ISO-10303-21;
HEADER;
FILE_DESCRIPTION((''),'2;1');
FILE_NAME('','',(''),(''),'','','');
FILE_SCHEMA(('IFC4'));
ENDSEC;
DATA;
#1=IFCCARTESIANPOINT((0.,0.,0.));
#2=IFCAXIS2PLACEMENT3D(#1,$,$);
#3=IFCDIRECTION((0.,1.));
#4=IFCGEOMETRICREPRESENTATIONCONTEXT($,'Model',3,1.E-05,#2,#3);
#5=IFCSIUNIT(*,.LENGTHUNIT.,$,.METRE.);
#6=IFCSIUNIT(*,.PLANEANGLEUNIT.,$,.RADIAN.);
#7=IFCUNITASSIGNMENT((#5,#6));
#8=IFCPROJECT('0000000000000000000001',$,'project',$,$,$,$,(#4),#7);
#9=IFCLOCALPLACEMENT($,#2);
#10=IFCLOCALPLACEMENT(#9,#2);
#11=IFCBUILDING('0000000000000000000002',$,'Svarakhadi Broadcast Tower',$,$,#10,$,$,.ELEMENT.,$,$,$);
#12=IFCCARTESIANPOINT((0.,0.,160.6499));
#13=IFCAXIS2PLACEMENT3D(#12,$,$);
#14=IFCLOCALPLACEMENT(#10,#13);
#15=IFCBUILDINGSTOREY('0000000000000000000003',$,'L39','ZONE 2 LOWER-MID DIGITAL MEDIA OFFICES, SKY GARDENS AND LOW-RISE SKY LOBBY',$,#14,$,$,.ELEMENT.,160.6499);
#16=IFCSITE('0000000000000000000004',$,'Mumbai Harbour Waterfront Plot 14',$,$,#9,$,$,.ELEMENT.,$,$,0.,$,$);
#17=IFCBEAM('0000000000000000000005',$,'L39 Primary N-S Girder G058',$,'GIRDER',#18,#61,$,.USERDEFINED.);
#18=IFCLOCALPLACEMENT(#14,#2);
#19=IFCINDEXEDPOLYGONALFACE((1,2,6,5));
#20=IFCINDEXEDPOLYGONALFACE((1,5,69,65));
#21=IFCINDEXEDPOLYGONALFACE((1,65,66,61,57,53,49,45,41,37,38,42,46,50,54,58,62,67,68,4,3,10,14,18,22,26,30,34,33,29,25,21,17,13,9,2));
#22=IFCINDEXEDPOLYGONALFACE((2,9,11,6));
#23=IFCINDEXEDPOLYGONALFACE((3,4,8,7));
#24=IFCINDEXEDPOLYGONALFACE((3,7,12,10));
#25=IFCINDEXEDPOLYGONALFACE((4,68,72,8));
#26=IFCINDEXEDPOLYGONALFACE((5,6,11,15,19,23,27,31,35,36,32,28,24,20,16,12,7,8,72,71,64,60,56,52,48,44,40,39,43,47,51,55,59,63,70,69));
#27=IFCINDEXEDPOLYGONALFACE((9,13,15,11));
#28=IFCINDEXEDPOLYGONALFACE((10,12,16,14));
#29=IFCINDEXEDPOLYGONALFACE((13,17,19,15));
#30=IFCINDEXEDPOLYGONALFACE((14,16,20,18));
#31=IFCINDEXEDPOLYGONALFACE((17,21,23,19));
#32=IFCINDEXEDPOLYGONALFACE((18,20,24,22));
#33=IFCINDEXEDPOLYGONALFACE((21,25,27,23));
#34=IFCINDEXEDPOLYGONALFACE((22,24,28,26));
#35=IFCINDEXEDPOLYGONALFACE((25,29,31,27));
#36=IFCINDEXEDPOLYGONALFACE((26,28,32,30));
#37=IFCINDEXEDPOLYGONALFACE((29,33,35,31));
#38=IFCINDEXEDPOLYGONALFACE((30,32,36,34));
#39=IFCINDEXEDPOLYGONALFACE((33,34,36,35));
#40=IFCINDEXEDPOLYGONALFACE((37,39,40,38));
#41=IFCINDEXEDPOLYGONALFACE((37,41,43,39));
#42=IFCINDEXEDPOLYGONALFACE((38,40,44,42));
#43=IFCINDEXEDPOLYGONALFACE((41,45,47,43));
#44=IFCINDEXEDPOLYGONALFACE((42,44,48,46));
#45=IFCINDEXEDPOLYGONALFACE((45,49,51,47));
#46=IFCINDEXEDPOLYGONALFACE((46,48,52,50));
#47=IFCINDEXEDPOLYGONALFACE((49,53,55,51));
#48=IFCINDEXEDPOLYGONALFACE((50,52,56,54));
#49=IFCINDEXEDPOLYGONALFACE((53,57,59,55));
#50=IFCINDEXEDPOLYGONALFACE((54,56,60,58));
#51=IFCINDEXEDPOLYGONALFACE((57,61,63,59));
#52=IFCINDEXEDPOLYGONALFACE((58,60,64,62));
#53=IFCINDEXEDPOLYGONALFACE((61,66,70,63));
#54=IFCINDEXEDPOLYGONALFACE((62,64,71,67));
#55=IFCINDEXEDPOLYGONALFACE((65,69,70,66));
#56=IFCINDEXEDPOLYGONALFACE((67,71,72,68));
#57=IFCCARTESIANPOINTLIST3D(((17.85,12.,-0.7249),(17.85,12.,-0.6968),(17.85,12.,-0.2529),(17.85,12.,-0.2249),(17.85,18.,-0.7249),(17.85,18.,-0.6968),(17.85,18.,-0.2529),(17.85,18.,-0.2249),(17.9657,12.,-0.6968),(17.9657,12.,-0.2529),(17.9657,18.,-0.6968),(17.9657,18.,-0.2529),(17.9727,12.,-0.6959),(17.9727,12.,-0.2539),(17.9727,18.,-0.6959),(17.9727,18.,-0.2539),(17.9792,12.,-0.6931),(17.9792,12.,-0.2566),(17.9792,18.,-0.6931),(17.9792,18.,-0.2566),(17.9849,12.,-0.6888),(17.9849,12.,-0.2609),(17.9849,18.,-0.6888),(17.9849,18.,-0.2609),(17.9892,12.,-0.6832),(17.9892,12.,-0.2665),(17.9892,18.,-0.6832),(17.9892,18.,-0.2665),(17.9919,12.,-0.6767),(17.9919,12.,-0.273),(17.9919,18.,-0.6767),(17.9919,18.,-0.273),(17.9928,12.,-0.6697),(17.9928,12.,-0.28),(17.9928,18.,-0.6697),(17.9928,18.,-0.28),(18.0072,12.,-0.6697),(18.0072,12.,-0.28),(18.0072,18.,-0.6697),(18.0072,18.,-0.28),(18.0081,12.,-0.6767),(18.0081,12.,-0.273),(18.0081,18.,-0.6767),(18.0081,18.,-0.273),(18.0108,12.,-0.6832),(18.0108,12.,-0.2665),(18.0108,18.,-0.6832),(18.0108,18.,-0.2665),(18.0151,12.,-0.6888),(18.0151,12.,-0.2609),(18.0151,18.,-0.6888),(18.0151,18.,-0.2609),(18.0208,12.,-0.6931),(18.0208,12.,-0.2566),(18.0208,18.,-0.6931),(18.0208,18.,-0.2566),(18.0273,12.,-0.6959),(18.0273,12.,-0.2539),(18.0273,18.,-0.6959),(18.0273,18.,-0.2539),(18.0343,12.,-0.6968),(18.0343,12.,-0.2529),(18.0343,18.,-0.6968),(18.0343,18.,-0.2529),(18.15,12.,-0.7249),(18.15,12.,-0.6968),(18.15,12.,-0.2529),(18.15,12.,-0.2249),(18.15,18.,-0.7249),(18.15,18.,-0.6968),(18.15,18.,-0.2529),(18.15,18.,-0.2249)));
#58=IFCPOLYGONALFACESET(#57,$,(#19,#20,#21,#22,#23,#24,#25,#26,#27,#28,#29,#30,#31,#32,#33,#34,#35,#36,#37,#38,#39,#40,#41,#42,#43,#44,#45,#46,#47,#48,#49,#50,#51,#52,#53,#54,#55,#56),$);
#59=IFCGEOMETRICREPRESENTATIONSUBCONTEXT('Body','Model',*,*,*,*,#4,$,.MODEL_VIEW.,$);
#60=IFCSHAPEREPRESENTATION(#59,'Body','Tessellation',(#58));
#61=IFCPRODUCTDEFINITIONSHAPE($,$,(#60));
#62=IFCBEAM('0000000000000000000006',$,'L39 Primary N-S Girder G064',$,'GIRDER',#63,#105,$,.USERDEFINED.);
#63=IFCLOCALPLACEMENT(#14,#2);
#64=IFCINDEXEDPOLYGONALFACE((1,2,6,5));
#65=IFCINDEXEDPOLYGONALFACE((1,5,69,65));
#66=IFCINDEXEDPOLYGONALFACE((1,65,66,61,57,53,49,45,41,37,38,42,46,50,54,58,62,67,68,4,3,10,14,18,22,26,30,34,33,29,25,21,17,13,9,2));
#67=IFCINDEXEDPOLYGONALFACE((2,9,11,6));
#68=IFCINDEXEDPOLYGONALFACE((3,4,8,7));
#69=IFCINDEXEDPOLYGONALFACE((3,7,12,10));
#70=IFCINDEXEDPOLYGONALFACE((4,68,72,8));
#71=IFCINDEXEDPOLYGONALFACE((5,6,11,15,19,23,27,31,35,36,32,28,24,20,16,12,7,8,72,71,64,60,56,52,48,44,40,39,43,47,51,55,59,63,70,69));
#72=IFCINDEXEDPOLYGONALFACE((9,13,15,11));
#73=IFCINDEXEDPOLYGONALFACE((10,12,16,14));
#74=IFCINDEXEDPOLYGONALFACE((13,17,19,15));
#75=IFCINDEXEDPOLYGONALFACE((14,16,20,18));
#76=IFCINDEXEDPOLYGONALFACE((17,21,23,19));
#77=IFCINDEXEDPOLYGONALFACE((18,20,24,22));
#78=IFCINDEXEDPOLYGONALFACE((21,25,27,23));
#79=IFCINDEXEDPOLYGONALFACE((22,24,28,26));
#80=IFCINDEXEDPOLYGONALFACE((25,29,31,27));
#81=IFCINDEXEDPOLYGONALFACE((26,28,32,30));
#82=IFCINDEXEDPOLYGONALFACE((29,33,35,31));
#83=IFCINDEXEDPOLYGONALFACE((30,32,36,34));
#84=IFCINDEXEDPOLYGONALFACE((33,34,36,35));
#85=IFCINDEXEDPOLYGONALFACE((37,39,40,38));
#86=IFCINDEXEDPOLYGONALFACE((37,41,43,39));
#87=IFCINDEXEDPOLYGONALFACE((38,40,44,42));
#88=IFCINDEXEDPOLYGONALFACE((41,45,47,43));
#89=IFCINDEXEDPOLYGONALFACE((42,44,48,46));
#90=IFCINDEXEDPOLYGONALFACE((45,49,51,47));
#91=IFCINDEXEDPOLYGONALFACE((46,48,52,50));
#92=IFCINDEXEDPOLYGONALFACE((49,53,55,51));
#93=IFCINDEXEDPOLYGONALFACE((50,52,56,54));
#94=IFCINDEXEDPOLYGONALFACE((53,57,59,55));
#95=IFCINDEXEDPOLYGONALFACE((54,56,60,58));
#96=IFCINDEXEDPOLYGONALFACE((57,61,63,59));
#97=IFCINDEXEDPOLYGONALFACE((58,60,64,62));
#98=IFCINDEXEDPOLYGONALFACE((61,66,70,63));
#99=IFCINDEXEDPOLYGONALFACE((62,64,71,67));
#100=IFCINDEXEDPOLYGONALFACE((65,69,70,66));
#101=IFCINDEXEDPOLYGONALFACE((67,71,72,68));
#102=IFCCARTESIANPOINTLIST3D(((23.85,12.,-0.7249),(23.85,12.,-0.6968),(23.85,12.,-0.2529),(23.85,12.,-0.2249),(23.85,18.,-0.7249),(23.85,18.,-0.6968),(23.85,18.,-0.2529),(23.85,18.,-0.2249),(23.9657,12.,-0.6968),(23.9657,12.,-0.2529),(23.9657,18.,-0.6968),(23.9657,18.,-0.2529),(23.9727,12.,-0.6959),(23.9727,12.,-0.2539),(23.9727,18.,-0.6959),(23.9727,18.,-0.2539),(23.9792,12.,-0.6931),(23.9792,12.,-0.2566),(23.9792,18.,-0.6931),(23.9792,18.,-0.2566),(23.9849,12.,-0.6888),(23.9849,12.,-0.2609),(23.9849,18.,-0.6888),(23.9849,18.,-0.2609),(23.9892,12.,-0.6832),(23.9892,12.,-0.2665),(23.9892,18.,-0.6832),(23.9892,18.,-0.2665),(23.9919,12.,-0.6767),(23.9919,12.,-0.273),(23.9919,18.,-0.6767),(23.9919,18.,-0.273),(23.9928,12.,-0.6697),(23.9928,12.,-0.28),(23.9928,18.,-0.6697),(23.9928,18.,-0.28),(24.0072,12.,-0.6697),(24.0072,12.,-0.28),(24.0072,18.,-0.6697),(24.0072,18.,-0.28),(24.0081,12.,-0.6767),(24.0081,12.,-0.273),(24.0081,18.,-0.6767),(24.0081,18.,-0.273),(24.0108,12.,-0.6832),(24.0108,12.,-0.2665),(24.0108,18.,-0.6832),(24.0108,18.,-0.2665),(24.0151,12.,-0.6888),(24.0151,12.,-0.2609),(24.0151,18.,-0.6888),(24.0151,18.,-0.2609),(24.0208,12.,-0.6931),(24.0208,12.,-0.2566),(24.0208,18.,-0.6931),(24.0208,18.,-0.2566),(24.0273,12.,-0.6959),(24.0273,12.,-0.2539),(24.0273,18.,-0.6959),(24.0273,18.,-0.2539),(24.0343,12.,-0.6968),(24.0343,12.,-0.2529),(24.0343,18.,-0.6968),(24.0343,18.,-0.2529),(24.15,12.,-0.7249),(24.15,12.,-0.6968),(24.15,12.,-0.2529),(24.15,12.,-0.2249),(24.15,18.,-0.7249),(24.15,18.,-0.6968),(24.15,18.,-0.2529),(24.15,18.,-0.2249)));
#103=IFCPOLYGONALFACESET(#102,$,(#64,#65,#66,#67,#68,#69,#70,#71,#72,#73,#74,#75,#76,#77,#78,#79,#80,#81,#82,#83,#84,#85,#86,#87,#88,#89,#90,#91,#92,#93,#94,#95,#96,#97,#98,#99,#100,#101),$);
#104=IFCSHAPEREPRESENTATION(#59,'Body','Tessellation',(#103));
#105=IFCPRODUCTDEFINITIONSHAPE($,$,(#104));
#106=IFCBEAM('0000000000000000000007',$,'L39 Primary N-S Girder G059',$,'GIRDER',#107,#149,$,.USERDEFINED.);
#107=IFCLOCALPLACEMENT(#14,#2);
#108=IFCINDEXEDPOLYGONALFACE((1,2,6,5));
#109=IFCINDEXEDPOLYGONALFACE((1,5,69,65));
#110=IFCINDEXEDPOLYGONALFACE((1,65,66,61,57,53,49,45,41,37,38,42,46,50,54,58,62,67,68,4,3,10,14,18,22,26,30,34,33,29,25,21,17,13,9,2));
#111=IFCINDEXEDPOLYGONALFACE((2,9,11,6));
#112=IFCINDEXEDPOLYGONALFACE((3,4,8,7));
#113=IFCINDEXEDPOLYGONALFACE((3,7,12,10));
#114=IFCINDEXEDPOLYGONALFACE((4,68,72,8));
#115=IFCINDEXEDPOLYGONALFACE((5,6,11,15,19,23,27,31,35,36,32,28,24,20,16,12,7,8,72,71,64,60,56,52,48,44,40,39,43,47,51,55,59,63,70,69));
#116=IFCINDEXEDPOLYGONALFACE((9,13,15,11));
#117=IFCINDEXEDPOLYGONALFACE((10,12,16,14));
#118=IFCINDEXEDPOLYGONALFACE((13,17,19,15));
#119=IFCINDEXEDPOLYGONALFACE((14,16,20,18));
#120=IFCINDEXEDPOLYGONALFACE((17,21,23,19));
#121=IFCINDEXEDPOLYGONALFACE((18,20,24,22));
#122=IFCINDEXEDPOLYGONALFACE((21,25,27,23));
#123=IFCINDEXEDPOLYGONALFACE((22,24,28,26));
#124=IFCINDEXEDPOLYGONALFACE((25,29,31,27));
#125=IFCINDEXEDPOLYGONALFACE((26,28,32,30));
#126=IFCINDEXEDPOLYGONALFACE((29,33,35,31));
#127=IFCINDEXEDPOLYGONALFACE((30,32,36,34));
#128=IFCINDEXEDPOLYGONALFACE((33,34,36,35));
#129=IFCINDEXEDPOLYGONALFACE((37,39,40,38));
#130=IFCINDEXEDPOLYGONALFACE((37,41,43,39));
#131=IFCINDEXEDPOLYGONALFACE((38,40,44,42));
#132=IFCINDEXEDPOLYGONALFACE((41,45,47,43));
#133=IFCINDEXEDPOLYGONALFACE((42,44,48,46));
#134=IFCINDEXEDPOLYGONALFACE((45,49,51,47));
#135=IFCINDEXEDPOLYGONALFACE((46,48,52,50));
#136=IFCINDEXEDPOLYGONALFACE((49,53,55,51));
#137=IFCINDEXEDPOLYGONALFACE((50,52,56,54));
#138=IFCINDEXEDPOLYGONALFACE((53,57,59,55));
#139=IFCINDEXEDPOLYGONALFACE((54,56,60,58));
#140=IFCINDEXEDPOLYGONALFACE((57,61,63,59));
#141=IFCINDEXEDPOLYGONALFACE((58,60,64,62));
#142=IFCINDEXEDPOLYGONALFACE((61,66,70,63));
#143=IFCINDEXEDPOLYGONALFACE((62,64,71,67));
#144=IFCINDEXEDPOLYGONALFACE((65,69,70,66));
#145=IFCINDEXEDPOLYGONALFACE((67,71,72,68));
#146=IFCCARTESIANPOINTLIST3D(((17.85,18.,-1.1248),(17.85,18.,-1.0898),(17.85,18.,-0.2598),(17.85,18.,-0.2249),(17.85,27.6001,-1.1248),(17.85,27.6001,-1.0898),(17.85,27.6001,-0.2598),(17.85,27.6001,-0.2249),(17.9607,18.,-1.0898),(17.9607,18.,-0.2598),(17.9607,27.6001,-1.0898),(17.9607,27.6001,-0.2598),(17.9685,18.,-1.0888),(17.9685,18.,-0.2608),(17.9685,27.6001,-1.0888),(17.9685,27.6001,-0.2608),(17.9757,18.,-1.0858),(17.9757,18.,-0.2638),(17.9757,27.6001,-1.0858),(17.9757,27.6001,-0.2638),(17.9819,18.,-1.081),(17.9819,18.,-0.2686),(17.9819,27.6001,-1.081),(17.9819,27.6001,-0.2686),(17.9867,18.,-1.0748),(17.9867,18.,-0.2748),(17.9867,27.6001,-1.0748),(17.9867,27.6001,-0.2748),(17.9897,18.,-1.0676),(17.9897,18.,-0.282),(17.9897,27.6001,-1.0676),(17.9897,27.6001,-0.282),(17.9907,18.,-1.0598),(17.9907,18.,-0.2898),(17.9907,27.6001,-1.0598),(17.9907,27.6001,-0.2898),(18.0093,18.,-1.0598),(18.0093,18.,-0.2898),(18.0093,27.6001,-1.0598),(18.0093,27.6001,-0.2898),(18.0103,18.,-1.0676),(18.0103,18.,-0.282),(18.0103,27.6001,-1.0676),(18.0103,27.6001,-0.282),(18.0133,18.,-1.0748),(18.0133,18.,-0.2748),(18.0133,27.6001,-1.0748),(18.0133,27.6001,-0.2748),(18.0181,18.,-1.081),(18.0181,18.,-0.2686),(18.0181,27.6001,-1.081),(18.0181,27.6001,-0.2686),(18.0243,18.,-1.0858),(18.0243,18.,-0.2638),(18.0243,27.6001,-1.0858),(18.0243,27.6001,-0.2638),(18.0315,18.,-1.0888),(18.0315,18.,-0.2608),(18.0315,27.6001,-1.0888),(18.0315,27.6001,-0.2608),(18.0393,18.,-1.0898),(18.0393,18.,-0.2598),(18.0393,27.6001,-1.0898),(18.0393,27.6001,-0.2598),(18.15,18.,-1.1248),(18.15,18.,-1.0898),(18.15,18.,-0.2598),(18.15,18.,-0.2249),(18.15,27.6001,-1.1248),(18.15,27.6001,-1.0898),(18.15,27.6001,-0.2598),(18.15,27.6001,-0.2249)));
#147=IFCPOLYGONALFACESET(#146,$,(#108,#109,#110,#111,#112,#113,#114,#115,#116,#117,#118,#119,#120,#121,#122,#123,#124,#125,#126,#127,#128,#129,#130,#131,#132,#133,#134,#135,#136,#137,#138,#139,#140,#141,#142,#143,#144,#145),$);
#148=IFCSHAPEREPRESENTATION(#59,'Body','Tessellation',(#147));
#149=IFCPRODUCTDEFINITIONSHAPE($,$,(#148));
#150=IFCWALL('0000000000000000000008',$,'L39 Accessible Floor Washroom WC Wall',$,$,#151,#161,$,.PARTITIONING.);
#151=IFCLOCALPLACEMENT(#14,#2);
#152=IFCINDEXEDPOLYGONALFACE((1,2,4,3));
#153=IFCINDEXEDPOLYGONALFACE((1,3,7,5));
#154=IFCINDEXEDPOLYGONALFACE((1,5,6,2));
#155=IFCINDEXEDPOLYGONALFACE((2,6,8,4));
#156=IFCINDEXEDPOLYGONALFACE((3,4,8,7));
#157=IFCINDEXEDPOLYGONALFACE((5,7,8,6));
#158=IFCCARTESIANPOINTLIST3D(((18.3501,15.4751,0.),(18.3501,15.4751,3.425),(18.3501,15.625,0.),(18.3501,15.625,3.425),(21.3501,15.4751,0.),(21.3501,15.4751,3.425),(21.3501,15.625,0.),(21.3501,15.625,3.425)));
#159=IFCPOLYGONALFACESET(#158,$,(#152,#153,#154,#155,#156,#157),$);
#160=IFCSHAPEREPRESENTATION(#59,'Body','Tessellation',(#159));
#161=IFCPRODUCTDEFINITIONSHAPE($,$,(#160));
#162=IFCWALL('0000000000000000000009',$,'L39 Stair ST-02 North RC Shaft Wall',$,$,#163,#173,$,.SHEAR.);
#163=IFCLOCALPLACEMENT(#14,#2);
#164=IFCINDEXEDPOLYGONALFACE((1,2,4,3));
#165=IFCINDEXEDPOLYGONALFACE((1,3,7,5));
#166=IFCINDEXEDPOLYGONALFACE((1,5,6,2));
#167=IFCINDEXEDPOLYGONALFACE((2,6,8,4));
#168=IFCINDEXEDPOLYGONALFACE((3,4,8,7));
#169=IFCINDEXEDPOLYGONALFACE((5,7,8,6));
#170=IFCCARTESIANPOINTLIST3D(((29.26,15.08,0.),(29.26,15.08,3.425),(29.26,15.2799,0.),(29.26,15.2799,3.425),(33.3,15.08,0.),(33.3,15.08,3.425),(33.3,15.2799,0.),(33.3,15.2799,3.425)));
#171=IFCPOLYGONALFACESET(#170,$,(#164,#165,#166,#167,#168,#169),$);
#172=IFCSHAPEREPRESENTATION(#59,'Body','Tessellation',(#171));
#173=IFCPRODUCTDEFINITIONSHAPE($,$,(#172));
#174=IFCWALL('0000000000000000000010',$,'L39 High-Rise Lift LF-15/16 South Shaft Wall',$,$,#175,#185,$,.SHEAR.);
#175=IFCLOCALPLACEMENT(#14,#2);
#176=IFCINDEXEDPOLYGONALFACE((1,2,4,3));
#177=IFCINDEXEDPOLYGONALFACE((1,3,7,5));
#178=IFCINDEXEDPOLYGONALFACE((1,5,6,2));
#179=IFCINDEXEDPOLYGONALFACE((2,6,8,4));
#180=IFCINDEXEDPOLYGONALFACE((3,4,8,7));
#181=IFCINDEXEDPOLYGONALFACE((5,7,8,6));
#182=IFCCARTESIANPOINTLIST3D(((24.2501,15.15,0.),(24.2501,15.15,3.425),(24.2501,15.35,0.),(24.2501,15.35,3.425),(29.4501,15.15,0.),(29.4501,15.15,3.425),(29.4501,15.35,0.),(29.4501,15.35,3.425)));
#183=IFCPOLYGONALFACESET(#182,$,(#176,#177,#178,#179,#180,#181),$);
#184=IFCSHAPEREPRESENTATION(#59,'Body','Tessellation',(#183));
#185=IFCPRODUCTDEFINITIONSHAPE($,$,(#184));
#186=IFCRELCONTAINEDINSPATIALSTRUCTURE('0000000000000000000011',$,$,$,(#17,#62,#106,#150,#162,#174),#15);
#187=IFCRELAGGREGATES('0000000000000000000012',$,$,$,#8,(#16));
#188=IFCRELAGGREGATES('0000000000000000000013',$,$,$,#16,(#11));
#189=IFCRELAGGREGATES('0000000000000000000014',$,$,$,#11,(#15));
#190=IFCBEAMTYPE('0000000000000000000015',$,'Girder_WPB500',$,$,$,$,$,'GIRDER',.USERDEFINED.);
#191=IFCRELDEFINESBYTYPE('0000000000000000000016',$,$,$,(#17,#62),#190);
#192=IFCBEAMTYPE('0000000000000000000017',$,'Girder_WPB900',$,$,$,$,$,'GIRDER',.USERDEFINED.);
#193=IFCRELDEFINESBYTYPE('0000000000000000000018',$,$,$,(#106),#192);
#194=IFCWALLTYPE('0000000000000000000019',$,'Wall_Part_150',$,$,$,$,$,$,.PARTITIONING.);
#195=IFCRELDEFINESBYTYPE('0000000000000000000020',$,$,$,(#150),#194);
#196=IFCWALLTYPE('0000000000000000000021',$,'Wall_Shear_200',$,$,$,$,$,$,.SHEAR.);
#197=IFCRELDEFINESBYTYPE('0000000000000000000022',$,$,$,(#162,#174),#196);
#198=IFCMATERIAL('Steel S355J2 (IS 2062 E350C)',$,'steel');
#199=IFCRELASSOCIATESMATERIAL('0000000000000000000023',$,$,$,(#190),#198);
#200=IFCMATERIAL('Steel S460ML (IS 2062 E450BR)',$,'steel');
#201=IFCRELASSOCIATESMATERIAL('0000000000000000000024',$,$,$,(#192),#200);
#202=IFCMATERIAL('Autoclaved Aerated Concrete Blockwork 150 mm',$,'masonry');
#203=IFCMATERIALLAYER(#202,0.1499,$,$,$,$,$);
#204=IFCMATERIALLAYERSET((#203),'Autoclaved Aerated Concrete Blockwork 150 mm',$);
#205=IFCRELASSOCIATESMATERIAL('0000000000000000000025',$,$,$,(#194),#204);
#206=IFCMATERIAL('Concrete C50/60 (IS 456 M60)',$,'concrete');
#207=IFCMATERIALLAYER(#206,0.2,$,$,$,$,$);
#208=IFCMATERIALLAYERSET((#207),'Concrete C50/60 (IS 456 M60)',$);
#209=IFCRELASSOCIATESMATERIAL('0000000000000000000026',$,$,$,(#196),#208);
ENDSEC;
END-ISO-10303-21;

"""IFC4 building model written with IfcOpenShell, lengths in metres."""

from ifc_helpers import new_model, si_unit, direction, frame, frame_2d, origin, origin_2d, place, context, subcontext, project, spatial, rectangle, i_section, extrude, material, layer, layer_set, material_profile, profile_set, type_object, element, save


model = new_model("IFC4")

# Units and contexts
model_context = context("Model", 3, precision=1e-05, world=origin(), true_north=direction((0.0, 1.0)))
body_context = subcontext(model_context, "Body", "Model", "MODEL_VIEW")
ifc_project = project(units=[si_unit("LENGTHUNIT", "METRE"), si_unit("PLANEANGLEUNIT", "RADIAN")], contexts=[model_context])

# Site, building, storey
site_placement = place(None, origin())
site = spatial("IfcSite", under=ifc_project, at=site_placement, Name="Mumbai Harbour Waterfront Plot 14", CompositionType="ELEMENT", RefElevation=0.0)
building_placement = place(site_placement, origin())
building = spatial("IfcBuilding", under=site, at=building_placement, Name="Svarakhadi Broadcast Tower", CompositionType="ELEMENT")
storey_placement = place(building_placement, frame((0.0, 0.0, 160.6499)))
storey = spatial("IfcBuildingStorey", under=building, at=storey_placement, Name="L39", Description="ZONE 2 LOWER-MID DIGITAL MEDIA OFFICES, SKY GARDENS AND LOW-RISE SKY LOBBY", CompositionType="ELEMENT", Elevation=160.6499)

# Shared definitions
ifc_material_1 = material(Name="Concrete C50/60 (IS 456 M60)", Category="concrete")

# Beams
ifc_material_2 = material(Name="Steel S355J2 (IS 2062 E350C)", Category="steel")
ifc_material_profile_1 = material_profile(ifc_material_2, i_section(OverallWidth=0.3, OverallDepth=0.5, WebThickness=0.0144, FlangeThickness=0.0281, FilletRadius=0.0271, at=origin_2d()), Name="WPB 500x300x187")
ifc_profile_set_1 = profile_set([ifc_material_profile_1], Name="Steel S355J2 (IS 2062 E350C)")
beam_type_1 = type_object("IfcBeamType", Name="Girder_WPB500", ElementType="GIRDER", PredefinedType="USERDEFINED", material=ifc_profile_set_1)
for number, where, z_axis, x_axis, name in (
    (1, (18.0, 12.0, -0.4749), (0.0, 1.0, 0.0), (-1.0, 0.0, 0.0), "L39 Primary N-S Girder G058"),
    (2, (24.0, 12.0, -0.4749), (0.0, 1.0, 0.0), (-1.0, 0.0, 0.0), "L39 Primary N-S Girder G064"),
):
    element("IfcBeam", number, at=place(storey_placement, frame(where, z_axis=z_axis, x_axis=x_axis)), inside=storey, type_object=beam_type_1, Name=name, ObjectType="GIRDER", PredefinedType="USERDEFINED", context=body_context, shape_type="SweptSolid", body=[
        extrude(i_section(OverallWidth=0.3, OverallDepth=0.5, WebThickness=0.0144, FlangeThickness=0.0281, FilletRadius=0.0271, at=origin_2d()), origin(), (0.0, 0.0, 1.0), 6.0),
    ])
ifc_material_3 = material(Name="Steel S460ML (IS 2062 E450BR)", Category="steel")
ifc_material_profile_2 = material_profile(ifc_material_3, i_section(OverallWidth=0.3, OverallDepth=0.8999, WebThickness=0.0186, FlangeThickness=0.0349, FilletRadius=0.03, at=origin_2d()), Name="WPB 900x300x291")
ifc_profile_set_2 = profile_set([ifc_material_profile_2], Name="Steel S460ML (IS 2062 E450BR)")
beam_type_2 = type_object("IfcBeamType", Name="Girder_WPB900", ElementType="GIRDER", PredefinedType="USERDEFINED", material=ifc_profile_set_2)
beam_1_placement = place(storey_placement, frame((18.0, 18.0, -0.6748), z_axis=(0.0, 1.0, 0.0), x_axis=(-1.0, 0.0, 0.0)))
element("IfcBeam", 3, at=beam_1_placement, inside=storey, type_object=beam_type_2, Name="L39 Primary N-S Girder G059", ObjectType="GIRDER", PredefinedType="USERDEFINED", context=body_context, shape_type="SweptSolid", body=[
    extrude(i_section(OverallWidth=0.3, OverallDepth=0.8999, WebThickness=0.0186, FlangeThickness=0.0349, FilletRadius=0.03, at=origin_2d()), origin(), (0.0, 0.0, 1.0), 9.6001),
])

# Walls
ifc_material_4 = material(Name="Autoclaved Aerated Concrete Blockwork 150 mm", Category="masonry")
ifc_layer_1 = layer(ifc_material_4, 0.1499)
ifc_layer_set_1 = layer_set([ifc_layer_1], Name="Autoclaved Aerated Concrete Blockwork 150 mm")
wall_type_1 = type_object("IfcWallType", Name="Wall_Part_150", PredefinedType="PARTITIONING", material=ifc_layer_set_1)
wall_1_placement = place(storey_placement, frame((18.3501, 15.55, 0.0), z_axis=(0.0, 0.0, 1.0), x_axis=(1.0, 0.0, 0.0)))
element("IfcWall", 4, at=wall_1_placement, inside=storey, type_object=wall_type_1, Name="L39 Accessible Floor Washroom WC Wall", PredefinedType="PARTITIONING", context=body_context, shape_type="SweptSolid", body=[
    extrude(rectangle(XDim=3.0, YDim=0.1499, at=frame_2d((1.5, 0.0))), origin(), (0.0, 0.0, 1.0), 3.425),
])
ifc_layer_2 = layer(ifc_material_1, 0.2)
ifc_layer_set_2 = layer_set([ifc_layer_2], Name="Concrete C50/60 (IS 456 M60)")
wall_type_2 = type_object("IfcWallType", Name="Wall_Shear_200", PredefinedType="SHEAR", material=ifc_layer_set_2)
wall_2_placement = place(storey_placement, frame((29.26, 15.1799, 0.0), z_axis=(0.0, 0.0, 1.0), x_axis=(1.0, 0.0, 0.0)))
element("IfcWall", 5, at=wall_2_placement, inside=storey, type_object=wall_type_2, Name="L39 Stair ST-02 North RC Shaft Wall", PredefinedType="SHEAR", context=body_context, shape_type="SweptSolid", body=[
    extrude(rectangle(XDim=4.04, YDim=0.2, at=frame_2d((2.02, 0.0))), origin(), (0.0, 0.0, 1.0), 3.425),
])

# Wall
wall_3_placement = place(storey_placement, frame((24.25, 15.25, 0.0), z_axis=(0.0, 0.0, 1.0), x_axis=(1.0, 0.0, 0.0)))
element("IfcWall", 6, at=wall_3_placement, inside=storey, type_object=wall_type_2, Name="L39 High-Rise Lift LF-15/16 South Shaft Wall", PredefinedType="SHEAR", context=body_context, shape_type="SweptSolid", body=[
    extrude(rectangle(XDim=5.2, YDim=0.2, at=frame_2d((2.6001, 0.0))), origin(), (0.0, 0.0, 1.0), 3.425),
])

save(model, "model.ifc")
